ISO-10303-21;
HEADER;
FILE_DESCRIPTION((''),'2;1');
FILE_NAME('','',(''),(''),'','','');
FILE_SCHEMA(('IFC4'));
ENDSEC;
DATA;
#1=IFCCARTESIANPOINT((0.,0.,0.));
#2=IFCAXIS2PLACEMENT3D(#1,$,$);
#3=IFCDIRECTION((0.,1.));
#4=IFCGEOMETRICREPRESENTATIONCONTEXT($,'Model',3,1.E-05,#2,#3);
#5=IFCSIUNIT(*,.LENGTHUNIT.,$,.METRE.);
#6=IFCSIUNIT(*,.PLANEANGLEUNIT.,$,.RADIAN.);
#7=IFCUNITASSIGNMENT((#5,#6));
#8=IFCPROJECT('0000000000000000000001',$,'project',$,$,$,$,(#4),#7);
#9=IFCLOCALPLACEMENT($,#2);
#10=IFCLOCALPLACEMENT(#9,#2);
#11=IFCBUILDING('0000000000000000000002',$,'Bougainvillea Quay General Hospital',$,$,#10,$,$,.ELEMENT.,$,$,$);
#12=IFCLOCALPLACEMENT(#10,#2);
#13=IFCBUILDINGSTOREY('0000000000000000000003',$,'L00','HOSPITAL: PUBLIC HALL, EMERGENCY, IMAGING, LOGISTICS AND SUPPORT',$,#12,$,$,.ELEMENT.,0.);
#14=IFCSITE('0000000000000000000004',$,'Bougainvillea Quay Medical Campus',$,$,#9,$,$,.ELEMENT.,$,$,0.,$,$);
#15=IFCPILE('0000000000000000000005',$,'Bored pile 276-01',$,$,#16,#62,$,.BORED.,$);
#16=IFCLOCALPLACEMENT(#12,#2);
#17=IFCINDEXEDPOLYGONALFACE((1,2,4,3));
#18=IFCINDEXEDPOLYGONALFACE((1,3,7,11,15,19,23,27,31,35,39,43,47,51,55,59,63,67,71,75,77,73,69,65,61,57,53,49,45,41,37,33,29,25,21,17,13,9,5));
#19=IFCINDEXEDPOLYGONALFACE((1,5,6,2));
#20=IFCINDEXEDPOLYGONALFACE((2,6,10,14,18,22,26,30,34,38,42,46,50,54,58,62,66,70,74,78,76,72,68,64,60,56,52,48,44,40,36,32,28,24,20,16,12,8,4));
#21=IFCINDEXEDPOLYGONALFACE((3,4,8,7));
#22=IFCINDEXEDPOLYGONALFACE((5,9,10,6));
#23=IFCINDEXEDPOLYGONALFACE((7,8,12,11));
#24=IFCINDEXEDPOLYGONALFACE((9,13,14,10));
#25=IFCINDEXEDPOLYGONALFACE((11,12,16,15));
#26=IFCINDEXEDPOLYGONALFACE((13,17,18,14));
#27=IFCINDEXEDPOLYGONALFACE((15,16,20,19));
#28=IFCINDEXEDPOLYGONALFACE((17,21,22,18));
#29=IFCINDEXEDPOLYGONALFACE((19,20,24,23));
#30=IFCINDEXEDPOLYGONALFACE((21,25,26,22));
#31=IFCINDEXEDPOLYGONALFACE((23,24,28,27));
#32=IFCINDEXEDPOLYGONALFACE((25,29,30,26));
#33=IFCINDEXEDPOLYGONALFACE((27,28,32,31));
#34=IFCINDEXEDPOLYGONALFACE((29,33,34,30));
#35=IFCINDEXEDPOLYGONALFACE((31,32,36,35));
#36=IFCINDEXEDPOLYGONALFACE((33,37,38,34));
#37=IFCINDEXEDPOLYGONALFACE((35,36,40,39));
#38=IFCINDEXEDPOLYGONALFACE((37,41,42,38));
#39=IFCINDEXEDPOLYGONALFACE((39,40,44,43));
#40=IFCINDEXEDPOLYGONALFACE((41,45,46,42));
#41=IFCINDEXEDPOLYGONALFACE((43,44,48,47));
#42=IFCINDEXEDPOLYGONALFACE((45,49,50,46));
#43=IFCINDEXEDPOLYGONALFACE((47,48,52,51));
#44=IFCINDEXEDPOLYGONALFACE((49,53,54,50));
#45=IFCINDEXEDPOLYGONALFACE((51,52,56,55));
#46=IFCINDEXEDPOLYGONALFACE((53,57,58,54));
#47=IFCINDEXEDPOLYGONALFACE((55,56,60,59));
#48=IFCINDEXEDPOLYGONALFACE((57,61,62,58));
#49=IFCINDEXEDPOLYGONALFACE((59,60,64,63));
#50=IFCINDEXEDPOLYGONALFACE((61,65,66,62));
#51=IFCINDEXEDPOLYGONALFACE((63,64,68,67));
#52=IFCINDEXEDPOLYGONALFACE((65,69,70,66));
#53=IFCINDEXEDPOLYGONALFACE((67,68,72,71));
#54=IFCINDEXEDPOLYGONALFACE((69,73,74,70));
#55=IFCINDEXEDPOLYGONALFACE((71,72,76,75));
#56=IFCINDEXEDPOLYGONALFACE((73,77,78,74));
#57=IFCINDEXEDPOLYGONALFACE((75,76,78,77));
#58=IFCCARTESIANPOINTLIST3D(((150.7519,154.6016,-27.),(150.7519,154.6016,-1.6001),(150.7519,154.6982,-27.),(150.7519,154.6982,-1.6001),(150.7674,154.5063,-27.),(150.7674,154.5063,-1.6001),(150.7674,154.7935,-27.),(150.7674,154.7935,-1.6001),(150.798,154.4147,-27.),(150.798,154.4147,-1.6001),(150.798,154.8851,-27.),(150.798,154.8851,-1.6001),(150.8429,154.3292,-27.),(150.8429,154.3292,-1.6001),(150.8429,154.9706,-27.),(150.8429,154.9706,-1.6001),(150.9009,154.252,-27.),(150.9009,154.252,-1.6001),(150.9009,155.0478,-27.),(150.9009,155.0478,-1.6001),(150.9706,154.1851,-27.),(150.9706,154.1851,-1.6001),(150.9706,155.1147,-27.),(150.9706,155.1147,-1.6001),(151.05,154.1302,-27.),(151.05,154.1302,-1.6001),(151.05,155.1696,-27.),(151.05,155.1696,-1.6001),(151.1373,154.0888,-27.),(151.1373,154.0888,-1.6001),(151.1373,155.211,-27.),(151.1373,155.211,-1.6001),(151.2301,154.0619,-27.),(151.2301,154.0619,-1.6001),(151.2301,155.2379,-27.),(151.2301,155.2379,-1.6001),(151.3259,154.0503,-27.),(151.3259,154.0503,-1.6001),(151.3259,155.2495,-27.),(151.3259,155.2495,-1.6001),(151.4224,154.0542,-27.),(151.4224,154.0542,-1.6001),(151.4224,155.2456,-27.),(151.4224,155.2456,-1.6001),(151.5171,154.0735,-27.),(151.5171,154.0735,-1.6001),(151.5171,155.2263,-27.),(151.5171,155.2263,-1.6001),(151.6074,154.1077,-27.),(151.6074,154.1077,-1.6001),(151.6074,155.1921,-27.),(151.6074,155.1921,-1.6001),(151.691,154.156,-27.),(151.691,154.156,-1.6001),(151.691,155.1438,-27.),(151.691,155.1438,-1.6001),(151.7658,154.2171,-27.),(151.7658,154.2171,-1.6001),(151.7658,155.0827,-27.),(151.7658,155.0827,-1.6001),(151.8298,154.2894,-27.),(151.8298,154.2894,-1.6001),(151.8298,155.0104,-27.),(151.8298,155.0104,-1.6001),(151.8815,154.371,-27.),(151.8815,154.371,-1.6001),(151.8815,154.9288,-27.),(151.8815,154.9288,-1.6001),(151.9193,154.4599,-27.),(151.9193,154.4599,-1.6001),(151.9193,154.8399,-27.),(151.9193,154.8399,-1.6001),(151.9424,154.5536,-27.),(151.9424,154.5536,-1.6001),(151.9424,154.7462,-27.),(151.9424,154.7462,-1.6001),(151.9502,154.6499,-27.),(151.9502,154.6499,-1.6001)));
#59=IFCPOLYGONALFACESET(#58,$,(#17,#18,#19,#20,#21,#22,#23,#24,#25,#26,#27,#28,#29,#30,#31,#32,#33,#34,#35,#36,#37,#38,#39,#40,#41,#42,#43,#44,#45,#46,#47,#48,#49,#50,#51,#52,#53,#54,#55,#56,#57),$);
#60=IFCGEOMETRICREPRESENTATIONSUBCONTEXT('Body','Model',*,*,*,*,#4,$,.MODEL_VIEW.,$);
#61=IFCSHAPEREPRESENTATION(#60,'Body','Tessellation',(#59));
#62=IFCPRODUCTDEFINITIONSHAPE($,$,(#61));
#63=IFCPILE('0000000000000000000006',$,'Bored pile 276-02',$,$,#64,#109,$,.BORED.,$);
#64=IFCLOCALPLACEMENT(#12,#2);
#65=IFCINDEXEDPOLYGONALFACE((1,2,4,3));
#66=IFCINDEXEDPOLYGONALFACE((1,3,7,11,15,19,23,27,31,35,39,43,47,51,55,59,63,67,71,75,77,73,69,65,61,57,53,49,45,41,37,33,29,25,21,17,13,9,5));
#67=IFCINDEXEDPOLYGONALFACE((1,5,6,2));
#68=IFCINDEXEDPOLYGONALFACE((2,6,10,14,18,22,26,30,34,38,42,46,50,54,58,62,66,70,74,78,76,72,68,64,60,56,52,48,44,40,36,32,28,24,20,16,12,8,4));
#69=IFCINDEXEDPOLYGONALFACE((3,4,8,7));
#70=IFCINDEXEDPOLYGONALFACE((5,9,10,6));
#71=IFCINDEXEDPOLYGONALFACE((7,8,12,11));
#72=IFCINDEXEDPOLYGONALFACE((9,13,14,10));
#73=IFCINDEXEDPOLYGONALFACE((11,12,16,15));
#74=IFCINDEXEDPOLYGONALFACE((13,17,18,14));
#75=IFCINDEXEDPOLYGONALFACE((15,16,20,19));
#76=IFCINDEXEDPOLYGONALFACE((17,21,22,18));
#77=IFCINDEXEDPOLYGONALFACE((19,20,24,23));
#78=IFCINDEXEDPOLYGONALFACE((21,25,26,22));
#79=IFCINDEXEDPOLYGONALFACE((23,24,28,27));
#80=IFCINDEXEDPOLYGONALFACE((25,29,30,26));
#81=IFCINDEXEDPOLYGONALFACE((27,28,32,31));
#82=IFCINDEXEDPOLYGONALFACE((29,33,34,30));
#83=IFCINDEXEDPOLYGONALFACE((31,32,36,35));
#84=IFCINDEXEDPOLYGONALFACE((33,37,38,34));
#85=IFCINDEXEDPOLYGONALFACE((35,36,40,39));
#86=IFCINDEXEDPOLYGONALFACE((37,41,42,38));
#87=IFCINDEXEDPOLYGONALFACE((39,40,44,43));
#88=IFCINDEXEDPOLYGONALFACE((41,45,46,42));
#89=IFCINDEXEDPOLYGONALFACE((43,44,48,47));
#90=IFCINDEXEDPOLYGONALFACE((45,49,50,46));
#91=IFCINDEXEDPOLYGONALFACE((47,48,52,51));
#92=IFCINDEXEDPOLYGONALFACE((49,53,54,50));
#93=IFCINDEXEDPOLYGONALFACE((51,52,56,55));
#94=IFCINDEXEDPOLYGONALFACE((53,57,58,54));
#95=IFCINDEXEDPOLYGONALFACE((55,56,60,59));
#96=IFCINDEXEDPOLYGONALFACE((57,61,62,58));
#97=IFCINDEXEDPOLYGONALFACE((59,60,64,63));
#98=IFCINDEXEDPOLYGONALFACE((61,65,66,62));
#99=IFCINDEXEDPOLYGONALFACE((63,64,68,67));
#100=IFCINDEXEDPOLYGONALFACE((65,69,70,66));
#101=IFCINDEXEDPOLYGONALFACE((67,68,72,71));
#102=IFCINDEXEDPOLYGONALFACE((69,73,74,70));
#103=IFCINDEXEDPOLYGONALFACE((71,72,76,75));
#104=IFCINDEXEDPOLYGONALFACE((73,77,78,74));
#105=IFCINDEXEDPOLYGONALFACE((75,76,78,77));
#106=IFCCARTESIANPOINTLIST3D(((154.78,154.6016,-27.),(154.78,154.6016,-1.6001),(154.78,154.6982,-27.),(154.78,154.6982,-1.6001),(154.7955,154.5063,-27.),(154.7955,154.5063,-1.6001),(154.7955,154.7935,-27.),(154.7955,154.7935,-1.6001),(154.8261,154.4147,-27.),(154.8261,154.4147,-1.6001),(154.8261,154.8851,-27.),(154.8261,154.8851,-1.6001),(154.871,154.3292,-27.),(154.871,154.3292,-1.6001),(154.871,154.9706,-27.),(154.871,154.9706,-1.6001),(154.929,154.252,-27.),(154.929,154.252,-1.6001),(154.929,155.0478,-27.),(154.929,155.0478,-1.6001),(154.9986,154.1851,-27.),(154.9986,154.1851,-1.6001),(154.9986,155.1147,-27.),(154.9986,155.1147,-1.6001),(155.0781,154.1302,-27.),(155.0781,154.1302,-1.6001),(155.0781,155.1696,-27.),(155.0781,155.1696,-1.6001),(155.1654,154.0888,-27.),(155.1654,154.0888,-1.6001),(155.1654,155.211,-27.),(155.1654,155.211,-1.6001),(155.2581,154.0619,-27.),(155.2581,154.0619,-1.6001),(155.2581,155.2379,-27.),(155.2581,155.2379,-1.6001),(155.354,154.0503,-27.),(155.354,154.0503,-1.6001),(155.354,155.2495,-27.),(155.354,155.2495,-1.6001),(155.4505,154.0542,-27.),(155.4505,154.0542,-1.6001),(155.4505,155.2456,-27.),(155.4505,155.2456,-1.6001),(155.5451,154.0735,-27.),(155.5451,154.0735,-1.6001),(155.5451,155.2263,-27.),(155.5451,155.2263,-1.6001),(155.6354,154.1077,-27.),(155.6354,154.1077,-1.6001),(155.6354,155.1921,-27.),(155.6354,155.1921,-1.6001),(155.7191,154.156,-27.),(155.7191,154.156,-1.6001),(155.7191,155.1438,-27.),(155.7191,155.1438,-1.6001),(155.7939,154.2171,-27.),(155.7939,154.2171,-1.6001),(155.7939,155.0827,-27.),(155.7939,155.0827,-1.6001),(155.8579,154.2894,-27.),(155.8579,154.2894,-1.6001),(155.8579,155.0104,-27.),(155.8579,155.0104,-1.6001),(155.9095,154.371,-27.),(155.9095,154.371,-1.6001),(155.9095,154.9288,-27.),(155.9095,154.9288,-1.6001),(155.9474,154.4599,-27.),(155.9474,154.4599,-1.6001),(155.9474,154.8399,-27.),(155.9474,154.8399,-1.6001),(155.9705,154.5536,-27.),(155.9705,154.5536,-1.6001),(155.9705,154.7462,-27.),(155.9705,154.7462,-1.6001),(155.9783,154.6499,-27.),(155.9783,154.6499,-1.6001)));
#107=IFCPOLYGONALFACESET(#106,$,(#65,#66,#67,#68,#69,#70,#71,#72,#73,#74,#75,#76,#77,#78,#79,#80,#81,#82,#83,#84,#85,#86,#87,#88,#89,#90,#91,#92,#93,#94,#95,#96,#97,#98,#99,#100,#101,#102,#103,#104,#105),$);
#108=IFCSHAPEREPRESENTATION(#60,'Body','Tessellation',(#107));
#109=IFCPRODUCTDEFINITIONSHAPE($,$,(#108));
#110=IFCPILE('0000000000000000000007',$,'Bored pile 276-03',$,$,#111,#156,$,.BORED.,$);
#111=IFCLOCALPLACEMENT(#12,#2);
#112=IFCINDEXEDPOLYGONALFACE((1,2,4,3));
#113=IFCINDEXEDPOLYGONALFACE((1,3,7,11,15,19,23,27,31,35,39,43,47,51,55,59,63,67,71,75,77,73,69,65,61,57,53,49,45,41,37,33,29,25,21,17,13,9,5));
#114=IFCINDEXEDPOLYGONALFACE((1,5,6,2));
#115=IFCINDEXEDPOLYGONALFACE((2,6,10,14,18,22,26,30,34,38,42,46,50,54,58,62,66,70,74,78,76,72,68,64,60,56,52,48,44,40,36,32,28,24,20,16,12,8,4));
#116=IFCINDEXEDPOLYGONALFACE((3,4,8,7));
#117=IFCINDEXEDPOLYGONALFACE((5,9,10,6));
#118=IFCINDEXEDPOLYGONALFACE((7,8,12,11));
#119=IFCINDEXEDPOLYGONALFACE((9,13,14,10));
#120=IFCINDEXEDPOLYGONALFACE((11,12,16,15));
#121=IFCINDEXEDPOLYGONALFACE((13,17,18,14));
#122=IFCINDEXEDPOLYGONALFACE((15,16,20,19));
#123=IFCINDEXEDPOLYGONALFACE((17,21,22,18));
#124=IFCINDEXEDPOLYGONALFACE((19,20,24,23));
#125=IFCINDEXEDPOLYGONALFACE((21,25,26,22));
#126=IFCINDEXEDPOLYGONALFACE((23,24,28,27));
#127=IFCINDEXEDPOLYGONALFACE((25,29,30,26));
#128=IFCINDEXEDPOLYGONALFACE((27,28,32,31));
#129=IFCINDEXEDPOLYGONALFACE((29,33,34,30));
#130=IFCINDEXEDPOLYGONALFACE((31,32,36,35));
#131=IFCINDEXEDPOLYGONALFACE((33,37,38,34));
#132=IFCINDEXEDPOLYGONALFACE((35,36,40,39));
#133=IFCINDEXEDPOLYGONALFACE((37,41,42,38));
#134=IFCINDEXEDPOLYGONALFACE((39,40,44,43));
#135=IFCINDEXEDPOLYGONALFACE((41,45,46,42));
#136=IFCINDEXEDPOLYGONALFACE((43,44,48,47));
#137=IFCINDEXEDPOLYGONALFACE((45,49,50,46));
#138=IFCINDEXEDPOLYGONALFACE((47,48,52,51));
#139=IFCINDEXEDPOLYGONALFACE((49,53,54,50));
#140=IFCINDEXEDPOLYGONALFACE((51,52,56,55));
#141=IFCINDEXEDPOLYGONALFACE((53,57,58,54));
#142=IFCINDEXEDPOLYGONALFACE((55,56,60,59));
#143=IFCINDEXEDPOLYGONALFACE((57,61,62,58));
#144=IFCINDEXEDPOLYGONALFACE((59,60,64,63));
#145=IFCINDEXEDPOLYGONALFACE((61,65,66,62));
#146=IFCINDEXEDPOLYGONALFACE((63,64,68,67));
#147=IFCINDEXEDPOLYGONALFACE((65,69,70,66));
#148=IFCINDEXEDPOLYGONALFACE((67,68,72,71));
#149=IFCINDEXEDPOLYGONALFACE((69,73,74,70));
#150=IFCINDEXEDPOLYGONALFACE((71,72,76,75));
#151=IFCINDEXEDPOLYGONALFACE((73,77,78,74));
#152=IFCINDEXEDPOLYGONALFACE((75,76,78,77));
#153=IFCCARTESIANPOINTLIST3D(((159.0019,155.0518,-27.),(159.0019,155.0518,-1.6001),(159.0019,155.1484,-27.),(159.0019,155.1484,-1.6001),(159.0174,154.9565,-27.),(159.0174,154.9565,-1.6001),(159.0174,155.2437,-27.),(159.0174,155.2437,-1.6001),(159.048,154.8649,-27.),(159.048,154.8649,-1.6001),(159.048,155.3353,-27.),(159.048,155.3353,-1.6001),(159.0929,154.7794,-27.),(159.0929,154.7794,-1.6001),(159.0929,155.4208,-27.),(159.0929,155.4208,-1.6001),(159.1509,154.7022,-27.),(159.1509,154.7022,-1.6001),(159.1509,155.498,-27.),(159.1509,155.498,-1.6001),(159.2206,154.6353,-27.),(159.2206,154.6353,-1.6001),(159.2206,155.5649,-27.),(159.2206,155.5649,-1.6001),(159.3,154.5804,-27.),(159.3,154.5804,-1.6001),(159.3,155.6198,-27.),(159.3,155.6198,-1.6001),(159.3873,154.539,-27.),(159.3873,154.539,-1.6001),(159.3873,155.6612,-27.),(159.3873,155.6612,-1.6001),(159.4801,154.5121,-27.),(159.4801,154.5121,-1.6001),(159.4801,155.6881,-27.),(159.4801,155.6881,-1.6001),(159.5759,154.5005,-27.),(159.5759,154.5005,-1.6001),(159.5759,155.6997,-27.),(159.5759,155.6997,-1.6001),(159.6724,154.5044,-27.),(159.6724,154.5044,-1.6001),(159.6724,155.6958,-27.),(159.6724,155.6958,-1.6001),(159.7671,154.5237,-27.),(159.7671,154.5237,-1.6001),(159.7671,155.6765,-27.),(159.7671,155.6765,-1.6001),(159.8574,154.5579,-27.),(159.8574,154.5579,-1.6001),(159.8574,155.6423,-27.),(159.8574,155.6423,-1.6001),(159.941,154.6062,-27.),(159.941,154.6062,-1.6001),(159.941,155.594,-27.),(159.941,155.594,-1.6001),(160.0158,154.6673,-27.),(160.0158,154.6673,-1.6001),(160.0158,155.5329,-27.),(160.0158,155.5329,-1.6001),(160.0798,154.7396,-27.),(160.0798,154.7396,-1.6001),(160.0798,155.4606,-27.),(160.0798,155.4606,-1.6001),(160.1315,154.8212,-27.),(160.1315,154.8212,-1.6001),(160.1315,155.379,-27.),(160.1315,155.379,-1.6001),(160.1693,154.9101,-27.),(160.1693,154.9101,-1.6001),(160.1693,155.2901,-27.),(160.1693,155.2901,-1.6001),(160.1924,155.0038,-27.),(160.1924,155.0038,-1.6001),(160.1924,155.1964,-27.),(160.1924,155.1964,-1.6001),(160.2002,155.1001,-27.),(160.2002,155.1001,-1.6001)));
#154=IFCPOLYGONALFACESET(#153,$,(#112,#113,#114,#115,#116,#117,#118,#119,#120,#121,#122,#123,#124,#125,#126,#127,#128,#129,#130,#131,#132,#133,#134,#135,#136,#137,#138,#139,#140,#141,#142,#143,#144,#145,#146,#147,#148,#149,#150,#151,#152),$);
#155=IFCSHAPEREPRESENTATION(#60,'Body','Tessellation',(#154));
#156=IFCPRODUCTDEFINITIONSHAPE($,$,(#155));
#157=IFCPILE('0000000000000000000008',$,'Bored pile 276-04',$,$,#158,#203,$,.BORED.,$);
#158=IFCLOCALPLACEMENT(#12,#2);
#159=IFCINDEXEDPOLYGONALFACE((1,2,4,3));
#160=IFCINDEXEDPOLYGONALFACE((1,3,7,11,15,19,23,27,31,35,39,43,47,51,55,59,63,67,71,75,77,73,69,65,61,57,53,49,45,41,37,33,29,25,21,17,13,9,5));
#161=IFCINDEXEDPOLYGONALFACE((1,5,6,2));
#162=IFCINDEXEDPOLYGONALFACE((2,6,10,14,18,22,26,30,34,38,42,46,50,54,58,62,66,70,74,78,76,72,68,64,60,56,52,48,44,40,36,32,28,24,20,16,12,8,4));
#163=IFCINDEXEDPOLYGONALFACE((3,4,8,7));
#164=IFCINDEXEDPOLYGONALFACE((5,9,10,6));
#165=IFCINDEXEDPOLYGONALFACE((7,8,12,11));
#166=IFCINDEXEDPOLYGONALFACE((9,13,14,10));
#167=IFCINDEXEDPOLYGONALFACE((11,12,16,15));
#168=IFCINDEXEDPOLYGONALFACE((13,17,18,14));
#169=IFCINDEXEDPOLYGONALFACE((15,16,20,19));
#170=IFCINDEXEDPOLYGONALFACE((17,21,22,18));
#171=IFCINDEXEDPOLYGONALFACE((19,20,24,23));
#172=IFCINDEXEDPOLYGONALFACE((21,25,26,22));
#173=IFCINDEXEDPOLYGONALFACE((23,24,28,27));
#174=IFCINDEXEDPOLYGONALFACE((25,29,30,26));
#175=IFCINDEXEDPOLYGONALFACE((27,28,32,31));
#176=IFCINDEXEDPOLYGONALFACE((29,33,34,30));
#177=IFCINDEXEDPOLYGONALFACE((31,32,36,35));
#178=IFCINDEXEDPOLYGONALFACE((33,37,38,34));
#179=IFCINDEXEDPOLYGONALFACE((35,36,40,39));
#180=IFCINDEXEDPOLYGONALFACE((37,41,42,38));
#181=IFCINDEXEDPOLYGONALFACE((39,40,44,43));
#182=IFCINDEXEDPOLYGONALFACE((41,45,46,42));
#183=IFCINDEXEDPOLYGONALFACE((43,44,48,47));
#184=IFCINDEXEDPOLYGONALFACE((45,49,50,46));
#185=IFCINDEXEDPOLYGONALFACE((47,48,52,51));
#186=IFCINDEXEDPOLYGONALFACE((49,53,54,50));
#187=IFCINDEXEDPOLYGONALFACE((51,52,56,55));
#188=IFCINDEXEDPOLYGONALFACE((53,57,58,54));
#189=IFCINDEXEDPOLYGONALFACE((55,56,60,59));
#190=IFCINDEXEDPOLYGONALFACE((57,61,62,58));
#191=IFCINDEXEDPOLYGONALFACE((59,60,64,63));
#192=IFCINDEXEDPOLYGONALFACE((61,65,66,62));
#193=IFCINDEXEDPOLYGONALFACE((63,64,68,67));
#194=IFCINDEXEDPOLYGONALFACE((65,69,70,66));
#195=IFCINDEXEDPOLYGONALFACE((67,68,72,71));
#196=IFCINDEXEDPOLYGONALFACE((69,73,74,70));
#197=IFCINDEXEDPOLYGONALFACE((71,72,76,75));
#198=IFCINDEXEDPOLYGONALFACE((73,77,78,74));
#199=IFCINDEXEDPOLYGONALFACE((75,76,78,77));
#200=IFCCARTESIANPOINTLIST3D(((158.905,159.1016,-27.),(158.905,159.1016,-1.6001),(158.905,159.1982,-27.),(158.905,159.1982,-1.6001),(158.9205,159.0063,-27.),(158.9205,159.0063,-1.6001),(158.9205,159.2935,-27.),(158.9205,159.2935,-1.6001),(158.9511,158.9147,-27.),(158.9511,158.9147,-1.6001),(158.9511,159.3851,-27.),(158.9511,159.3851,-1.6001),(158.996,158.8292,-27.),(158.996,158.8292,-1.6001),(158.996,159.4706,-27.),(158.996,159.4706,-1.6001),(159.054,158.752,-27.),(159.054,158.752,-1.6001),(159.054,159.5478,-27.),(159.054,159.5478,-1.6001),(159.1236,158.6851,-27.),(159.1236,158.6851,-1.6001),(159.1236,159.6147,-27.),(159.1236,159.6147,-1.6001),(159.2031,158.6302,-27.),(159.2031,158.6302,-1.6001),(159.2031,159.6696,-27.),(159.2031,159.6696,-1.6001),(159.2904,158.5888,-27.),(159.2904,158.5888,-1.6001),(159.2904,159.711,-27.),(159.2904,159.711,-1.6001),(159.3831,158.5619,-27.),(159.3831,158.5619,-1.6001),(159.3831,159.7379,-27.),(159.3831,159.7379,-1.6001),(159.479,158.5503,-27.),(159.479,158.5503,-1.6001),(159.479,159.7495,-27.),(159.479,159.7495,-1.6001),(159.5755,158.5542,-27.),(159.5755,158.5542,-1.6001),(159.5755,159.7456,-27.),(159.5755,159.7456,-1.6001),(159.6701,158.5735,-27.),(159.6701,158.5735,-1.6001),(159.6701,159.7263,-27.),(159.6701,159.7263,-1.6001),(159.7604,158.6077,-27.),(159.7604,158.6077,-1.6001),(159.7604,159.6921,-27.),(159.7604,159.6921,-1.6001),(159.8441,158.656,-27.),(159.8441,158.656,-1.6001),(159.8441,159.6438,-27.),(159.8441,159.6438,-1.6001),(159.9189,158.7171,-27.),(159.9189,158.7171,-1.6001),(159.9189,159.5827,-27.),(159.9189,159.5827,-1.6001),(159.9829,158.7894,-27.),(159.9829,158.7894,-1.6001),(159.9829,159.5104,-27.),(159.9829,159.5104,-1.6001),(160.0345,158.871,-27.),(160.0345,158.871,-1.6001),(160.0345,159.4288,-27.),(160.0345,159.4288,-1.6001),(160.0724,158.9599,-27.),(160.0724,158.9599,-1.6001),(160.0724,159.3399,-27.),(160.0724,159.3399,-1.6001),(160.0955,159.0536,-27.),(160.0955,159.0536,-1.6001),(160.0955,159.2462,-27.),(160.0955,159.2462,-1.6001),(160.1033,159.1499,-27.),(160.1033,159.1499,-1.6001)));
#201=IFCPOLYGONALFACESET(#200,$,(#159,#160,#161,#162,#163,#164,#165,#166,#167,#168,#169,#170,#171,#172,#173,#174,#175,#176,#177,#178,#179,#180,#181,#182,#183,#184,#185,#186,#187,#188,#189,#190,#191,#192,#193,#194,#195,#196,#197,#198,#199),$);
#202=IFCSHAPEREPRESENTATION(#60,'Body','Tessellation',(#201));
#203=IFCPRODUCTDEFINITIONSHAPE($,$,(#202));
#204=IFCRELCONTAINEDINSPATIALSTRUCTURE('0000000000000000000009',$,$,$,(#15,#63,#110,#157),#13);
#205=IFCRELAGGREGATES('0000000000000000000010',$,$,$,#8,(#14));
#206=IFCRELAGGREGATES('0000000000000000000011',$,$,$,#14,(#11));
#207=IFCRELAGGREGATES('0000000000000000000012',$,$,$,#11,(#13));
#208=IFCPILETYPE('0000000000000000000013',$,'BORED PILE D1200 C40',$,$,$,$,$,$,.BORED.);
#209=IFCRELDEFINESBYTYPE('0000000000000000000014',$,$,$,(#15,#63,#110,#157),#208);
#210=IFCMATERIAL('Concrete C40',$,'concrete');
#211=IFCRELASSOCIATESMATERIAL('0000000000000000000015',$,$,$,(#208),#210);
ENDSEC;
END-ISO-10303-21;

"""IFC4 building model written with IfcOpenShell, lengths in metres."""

from ifc_helpers import new_model, si_unit, direction, frame, origin, origin_2d, place, context, subcontext, project, spatial, circle, extrude, material, material_profile, profile_set, type_object, element, save


model = new_model("IFC4")

# Units and contexts
model_context = context("Model", 3, precision=1e-05, world=origin(), true_north=direction((0.0, 1.0)))
body_context = subcontext(model_context, "Body", "Model", "MODEL_VIEW")
ifc_project = project(units=[si_unit("LENGTHUNIT", "METRE"), si_unit("PLANEANGLEUNIT", "RADIAN")], contexts=[model_context])

# Site, building, storey
site_placement = place(None, origin())
site = spatial("IfcSite", under=ifc_project, at=site_placement, Name="Bougainvillea Quay Medical Campus", CompositionType="ELEMENT", RefElevation=0.0)
building_placement = place(site_placement, origin())
building = spatial("IfcBuilding", under=site, at=building_placement, Name="Bougainvillea Quay General Hospital", CompositionType="ELEMENT")
storey_placement = place(building_placement, origin())
storey = spatial("IfcBuildingStorey", under=building, at=storey_placement, Name="L00", Description="HOSPITAL: PUBLIC HALL, EMERGENCY, IMAGING, LOGISTICS AND SUPPORT", CompositionType="ELEMENT", Elevation=0.0)

# Piles
ifc_material_1 = material(Name="Concrete C40", Category="concrete")
ifc_material_profile_1 = material_profile(ifc_material_1, circle(Radius=0.6001, at=origin_2d()))
ifc_profile_set_1 = profile_set([ifc_material_profile_1], Name="Concrete C40")
pile_type = type_object("IfcPileType", Name="BORED PILE D1200 C40", PredefinedType="BORED", material=ifc_profile_set_1)
for number, where, z_axis, x_axis, name in (
    (1, (151.3501, 154.6499, -1.6001), (0.0, 0.0, -1.0), (1.0, 0.0, 0.0), "Bored pile 276-01"),
    (2, (155.3782, 154.6499, -1.6001), (0.0, 0.0, -1.0), (1.0, 0.0, 0.0), "Bored pile 276-02"),
    (3, (159.6001, 155.1001, -1.6001), (0.0, 0.0, -1.0), (1.0, 0.0, 0.0), "Bored pile 276-03"),
    (4, (159.5032, 159.1499, -1.6001), (0.0, 0.0, -1.0), (1.0, 0.0, 0.0), "Bored pile 276-04"),
):
    element("IfcPile", number, at=place(storey_placement, frame(where, z_axis=z_axis, x_axis=x_axis)), inside=storey, type_object=pile_type, Name=name, PredefinedType="BORED", context=body_context, shape_type="SweptSolid", body=[
        extrude(circle(Radius=0.6001, at=origin_2d()), origin(), (0.0, 0.0, 1.0), 25.3999),
    ])

save(model, "model.ifc")
